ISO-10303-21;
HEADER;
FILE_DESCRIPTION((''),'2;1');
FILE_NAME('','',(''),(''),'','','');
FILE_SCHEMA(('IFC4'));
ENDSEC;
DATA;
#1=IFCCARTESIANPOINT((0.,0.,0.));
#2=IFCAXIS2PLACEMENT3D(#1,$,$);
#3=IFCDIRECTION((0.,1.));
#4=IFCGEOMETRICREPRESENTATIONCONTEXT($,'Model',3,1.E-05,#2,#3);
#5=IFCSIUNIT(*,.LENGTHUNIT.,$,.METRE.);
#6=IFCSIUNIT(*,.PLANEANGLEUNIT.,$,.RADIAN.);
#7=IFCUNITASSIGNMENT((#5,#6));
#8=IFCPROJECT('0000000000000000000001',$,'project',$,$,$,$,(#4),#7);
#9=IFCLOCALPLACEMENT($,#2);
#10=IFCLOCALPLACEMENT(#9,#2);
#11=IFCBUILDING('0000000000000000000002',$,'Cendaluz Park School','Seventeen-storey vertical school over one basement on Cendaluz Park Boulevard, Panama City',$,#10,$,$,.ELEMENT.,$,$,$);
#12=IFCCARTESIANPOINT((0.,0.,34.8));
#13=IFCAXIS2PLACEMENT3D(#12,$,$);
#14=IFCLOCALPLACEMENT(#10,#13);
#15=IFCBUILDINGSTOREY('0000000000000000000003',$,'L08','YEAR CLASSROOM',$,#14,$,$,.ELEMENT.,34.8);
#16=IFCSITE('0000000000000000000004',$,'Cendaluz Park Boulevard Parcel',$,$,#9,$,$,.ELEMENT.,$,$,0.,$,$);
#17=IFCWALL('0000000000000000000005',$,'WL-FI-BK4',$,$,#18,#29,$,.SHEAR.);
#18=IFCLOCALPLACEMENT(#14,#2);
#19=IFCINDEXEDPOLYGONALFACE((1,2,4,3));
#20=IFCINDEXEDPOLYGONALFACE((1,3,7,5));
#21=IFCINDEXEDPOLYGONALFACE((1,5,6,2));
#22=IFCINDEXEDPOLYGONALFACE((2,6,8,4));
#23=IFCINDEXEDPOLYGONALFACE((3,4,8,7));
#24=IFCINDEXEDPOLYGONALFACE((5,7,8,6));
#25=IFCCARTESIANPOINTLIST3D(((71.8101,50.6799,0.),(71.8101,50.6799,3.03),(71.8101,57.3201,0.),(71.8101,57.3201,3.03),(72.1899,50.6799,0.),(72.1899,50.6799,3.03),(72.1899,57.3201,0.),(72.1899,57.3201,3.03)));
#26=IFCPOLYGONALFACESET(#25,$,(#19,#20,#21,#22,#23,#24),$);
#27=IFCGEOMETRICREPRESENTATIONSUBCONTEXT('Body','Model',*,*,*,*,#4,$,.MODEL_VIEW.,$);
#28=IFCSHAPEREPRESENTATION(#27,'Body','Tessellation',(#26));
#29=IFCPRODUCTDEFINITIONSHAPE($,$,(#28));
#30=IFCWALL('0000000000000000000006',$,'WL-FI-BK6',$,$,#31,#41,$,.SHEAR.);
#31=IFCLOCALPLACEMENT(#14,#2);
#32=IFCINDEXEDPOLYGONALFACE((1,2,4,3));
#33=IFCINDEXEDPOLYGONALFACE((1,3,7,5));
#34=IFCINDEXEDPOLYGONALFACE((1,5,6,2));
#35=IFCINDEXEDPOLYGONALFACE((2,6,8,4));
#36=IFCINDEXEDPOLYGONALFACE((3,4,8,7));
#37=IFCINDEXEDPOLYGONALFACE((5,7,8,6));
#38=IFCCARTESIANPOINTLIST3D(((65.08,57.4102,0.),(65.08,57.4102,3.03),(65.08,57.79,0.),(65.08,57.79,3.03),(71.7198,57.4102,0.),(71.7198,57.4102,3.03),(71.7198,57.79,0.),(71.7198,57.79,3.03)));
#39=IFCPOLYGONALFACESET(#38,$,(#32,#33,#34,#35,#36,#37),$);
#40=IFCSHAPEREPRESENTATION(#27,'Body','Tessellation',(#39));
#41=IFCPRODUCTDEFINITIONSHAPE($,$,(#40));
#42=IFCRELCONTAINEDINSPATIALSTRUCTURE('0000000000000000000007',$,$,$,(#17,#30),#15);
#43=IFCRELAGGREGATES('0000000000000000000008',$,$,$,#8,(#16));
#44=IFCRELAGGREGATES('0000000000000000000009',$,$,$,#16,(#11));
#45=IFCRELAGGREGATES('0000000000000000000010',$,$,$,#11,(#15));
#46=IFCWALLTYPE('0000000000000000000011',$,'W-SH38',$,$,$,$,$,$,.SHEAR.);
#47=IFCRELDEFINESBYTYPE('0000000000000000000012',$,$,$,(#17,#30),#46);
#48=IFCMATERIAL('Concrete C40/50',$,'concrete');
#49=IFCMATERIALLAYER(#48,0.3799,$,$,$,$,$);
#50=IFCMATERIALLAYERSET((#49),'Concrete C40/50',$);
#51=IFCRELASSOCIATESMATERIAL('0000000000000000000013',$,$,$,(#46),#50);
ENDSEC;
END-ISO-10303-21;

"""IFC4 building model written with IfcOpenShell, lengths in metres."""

from ifc_helpers import new_model, si_unit, direction, frame, frame_2d, origin, place, context, subcontext, project, spatial, rectangle, extrude, material, layer, layer_set, type_object, element, save


model = new_model("IFC4")

# Units and contexts
model_context = context("Model", 3, precision=1e-05, world=origin(), true_north=direction((0.0, 1.0)))
body_context = subcontext(model_context, "Body", "Model", "MODEL_VIEW")
ifc_project = project(units=[si_unit("LENGTHUNIT", "METRE"), si_unit("PLANEANGLEUNIT", "RADIAN")], contexts=[model_context])

# Site, building, storey
site_placement = place(None, origin())
site = spatial("IfcSite", under=ifc_project, at=site_placement, Name="Cendaluz Park Boulevard Parcel", CompositionType="ELEMENT", RefElevation=0.0)
building_placement = place(site_placement, origin())
building = spatial("IfcBuilding", under=site, at=building_placement, Name="Cendaluz Park School", Description="Seventeen-storey vertical school over one basement on Cendaluz Park Boulevard, Panama City", CompositionType="ELEMENT")
storey_placement = place(building_placement, frame((0.0, 0.0, 34.8)))
storey = spatial("IfcBuildingStorey", under=building, at=storey_placement, Name="L08", Description="YEAR CLASSROOM", CompositionType="ELEMENT", Elevation=34.8)

# Shared definitions
ifc_material_1 = material(Name="Concrete C40/50", Category="concrete")

# Walls
ifc_layer_1 = layer(ifc_material_1, 0.3799)
ifc_layer_set_1 = layer_set([ifc_layer_1], Name="Concrete C40/50")
wall_type_1 = type_object("IfcWallType", Name="W-SH38", PredefinedType="SHEAR", material=ifc_layer_set_1)
wall_1_placement = place(storey_placement, frame((72.0, 50.6799, 0.0), z_axis=(0.0, 0.0, 1.0), x_axis=(0.0, 1.0, 0.0)))
element("IfcWall", 1, at=wall_1_placement, inside=storey, type_object=wall_type_1, Name="WL-FI-BK4", PredefinedType="SHEAR", context=body_context, shape_type="SweptSolid", body=[
    extrude(rectangle(XDim=6.6401, YDim=0.3799, at=frame_2d((3.3201, 0.0))), origin(), (0.0, 0.0, 1.0), 3.03),
])
wall_2_placement = place(storey_placement, frame((65.0801, 57.6001, 0.0), z_axis=(0.0, 0.0, 1.0), x_axis=(1.0, 0.0, 0.0)))
element("IfcWall", 2, at=wall_2_placement, inside=storey, type_object=wall_type_1, Name="WL-FI-BK6", PredefinedType="SHEAR", context=body_context, shape_type="SweptSolid", body=[
    extrude(rectangle(XDim=6.6399, YDim=0.3799, at=frame_2d((3.3198, 0.0))), origin(), (0.0, 0.0, 1.0), 3.03),
])

save(model, "model.ifc")
